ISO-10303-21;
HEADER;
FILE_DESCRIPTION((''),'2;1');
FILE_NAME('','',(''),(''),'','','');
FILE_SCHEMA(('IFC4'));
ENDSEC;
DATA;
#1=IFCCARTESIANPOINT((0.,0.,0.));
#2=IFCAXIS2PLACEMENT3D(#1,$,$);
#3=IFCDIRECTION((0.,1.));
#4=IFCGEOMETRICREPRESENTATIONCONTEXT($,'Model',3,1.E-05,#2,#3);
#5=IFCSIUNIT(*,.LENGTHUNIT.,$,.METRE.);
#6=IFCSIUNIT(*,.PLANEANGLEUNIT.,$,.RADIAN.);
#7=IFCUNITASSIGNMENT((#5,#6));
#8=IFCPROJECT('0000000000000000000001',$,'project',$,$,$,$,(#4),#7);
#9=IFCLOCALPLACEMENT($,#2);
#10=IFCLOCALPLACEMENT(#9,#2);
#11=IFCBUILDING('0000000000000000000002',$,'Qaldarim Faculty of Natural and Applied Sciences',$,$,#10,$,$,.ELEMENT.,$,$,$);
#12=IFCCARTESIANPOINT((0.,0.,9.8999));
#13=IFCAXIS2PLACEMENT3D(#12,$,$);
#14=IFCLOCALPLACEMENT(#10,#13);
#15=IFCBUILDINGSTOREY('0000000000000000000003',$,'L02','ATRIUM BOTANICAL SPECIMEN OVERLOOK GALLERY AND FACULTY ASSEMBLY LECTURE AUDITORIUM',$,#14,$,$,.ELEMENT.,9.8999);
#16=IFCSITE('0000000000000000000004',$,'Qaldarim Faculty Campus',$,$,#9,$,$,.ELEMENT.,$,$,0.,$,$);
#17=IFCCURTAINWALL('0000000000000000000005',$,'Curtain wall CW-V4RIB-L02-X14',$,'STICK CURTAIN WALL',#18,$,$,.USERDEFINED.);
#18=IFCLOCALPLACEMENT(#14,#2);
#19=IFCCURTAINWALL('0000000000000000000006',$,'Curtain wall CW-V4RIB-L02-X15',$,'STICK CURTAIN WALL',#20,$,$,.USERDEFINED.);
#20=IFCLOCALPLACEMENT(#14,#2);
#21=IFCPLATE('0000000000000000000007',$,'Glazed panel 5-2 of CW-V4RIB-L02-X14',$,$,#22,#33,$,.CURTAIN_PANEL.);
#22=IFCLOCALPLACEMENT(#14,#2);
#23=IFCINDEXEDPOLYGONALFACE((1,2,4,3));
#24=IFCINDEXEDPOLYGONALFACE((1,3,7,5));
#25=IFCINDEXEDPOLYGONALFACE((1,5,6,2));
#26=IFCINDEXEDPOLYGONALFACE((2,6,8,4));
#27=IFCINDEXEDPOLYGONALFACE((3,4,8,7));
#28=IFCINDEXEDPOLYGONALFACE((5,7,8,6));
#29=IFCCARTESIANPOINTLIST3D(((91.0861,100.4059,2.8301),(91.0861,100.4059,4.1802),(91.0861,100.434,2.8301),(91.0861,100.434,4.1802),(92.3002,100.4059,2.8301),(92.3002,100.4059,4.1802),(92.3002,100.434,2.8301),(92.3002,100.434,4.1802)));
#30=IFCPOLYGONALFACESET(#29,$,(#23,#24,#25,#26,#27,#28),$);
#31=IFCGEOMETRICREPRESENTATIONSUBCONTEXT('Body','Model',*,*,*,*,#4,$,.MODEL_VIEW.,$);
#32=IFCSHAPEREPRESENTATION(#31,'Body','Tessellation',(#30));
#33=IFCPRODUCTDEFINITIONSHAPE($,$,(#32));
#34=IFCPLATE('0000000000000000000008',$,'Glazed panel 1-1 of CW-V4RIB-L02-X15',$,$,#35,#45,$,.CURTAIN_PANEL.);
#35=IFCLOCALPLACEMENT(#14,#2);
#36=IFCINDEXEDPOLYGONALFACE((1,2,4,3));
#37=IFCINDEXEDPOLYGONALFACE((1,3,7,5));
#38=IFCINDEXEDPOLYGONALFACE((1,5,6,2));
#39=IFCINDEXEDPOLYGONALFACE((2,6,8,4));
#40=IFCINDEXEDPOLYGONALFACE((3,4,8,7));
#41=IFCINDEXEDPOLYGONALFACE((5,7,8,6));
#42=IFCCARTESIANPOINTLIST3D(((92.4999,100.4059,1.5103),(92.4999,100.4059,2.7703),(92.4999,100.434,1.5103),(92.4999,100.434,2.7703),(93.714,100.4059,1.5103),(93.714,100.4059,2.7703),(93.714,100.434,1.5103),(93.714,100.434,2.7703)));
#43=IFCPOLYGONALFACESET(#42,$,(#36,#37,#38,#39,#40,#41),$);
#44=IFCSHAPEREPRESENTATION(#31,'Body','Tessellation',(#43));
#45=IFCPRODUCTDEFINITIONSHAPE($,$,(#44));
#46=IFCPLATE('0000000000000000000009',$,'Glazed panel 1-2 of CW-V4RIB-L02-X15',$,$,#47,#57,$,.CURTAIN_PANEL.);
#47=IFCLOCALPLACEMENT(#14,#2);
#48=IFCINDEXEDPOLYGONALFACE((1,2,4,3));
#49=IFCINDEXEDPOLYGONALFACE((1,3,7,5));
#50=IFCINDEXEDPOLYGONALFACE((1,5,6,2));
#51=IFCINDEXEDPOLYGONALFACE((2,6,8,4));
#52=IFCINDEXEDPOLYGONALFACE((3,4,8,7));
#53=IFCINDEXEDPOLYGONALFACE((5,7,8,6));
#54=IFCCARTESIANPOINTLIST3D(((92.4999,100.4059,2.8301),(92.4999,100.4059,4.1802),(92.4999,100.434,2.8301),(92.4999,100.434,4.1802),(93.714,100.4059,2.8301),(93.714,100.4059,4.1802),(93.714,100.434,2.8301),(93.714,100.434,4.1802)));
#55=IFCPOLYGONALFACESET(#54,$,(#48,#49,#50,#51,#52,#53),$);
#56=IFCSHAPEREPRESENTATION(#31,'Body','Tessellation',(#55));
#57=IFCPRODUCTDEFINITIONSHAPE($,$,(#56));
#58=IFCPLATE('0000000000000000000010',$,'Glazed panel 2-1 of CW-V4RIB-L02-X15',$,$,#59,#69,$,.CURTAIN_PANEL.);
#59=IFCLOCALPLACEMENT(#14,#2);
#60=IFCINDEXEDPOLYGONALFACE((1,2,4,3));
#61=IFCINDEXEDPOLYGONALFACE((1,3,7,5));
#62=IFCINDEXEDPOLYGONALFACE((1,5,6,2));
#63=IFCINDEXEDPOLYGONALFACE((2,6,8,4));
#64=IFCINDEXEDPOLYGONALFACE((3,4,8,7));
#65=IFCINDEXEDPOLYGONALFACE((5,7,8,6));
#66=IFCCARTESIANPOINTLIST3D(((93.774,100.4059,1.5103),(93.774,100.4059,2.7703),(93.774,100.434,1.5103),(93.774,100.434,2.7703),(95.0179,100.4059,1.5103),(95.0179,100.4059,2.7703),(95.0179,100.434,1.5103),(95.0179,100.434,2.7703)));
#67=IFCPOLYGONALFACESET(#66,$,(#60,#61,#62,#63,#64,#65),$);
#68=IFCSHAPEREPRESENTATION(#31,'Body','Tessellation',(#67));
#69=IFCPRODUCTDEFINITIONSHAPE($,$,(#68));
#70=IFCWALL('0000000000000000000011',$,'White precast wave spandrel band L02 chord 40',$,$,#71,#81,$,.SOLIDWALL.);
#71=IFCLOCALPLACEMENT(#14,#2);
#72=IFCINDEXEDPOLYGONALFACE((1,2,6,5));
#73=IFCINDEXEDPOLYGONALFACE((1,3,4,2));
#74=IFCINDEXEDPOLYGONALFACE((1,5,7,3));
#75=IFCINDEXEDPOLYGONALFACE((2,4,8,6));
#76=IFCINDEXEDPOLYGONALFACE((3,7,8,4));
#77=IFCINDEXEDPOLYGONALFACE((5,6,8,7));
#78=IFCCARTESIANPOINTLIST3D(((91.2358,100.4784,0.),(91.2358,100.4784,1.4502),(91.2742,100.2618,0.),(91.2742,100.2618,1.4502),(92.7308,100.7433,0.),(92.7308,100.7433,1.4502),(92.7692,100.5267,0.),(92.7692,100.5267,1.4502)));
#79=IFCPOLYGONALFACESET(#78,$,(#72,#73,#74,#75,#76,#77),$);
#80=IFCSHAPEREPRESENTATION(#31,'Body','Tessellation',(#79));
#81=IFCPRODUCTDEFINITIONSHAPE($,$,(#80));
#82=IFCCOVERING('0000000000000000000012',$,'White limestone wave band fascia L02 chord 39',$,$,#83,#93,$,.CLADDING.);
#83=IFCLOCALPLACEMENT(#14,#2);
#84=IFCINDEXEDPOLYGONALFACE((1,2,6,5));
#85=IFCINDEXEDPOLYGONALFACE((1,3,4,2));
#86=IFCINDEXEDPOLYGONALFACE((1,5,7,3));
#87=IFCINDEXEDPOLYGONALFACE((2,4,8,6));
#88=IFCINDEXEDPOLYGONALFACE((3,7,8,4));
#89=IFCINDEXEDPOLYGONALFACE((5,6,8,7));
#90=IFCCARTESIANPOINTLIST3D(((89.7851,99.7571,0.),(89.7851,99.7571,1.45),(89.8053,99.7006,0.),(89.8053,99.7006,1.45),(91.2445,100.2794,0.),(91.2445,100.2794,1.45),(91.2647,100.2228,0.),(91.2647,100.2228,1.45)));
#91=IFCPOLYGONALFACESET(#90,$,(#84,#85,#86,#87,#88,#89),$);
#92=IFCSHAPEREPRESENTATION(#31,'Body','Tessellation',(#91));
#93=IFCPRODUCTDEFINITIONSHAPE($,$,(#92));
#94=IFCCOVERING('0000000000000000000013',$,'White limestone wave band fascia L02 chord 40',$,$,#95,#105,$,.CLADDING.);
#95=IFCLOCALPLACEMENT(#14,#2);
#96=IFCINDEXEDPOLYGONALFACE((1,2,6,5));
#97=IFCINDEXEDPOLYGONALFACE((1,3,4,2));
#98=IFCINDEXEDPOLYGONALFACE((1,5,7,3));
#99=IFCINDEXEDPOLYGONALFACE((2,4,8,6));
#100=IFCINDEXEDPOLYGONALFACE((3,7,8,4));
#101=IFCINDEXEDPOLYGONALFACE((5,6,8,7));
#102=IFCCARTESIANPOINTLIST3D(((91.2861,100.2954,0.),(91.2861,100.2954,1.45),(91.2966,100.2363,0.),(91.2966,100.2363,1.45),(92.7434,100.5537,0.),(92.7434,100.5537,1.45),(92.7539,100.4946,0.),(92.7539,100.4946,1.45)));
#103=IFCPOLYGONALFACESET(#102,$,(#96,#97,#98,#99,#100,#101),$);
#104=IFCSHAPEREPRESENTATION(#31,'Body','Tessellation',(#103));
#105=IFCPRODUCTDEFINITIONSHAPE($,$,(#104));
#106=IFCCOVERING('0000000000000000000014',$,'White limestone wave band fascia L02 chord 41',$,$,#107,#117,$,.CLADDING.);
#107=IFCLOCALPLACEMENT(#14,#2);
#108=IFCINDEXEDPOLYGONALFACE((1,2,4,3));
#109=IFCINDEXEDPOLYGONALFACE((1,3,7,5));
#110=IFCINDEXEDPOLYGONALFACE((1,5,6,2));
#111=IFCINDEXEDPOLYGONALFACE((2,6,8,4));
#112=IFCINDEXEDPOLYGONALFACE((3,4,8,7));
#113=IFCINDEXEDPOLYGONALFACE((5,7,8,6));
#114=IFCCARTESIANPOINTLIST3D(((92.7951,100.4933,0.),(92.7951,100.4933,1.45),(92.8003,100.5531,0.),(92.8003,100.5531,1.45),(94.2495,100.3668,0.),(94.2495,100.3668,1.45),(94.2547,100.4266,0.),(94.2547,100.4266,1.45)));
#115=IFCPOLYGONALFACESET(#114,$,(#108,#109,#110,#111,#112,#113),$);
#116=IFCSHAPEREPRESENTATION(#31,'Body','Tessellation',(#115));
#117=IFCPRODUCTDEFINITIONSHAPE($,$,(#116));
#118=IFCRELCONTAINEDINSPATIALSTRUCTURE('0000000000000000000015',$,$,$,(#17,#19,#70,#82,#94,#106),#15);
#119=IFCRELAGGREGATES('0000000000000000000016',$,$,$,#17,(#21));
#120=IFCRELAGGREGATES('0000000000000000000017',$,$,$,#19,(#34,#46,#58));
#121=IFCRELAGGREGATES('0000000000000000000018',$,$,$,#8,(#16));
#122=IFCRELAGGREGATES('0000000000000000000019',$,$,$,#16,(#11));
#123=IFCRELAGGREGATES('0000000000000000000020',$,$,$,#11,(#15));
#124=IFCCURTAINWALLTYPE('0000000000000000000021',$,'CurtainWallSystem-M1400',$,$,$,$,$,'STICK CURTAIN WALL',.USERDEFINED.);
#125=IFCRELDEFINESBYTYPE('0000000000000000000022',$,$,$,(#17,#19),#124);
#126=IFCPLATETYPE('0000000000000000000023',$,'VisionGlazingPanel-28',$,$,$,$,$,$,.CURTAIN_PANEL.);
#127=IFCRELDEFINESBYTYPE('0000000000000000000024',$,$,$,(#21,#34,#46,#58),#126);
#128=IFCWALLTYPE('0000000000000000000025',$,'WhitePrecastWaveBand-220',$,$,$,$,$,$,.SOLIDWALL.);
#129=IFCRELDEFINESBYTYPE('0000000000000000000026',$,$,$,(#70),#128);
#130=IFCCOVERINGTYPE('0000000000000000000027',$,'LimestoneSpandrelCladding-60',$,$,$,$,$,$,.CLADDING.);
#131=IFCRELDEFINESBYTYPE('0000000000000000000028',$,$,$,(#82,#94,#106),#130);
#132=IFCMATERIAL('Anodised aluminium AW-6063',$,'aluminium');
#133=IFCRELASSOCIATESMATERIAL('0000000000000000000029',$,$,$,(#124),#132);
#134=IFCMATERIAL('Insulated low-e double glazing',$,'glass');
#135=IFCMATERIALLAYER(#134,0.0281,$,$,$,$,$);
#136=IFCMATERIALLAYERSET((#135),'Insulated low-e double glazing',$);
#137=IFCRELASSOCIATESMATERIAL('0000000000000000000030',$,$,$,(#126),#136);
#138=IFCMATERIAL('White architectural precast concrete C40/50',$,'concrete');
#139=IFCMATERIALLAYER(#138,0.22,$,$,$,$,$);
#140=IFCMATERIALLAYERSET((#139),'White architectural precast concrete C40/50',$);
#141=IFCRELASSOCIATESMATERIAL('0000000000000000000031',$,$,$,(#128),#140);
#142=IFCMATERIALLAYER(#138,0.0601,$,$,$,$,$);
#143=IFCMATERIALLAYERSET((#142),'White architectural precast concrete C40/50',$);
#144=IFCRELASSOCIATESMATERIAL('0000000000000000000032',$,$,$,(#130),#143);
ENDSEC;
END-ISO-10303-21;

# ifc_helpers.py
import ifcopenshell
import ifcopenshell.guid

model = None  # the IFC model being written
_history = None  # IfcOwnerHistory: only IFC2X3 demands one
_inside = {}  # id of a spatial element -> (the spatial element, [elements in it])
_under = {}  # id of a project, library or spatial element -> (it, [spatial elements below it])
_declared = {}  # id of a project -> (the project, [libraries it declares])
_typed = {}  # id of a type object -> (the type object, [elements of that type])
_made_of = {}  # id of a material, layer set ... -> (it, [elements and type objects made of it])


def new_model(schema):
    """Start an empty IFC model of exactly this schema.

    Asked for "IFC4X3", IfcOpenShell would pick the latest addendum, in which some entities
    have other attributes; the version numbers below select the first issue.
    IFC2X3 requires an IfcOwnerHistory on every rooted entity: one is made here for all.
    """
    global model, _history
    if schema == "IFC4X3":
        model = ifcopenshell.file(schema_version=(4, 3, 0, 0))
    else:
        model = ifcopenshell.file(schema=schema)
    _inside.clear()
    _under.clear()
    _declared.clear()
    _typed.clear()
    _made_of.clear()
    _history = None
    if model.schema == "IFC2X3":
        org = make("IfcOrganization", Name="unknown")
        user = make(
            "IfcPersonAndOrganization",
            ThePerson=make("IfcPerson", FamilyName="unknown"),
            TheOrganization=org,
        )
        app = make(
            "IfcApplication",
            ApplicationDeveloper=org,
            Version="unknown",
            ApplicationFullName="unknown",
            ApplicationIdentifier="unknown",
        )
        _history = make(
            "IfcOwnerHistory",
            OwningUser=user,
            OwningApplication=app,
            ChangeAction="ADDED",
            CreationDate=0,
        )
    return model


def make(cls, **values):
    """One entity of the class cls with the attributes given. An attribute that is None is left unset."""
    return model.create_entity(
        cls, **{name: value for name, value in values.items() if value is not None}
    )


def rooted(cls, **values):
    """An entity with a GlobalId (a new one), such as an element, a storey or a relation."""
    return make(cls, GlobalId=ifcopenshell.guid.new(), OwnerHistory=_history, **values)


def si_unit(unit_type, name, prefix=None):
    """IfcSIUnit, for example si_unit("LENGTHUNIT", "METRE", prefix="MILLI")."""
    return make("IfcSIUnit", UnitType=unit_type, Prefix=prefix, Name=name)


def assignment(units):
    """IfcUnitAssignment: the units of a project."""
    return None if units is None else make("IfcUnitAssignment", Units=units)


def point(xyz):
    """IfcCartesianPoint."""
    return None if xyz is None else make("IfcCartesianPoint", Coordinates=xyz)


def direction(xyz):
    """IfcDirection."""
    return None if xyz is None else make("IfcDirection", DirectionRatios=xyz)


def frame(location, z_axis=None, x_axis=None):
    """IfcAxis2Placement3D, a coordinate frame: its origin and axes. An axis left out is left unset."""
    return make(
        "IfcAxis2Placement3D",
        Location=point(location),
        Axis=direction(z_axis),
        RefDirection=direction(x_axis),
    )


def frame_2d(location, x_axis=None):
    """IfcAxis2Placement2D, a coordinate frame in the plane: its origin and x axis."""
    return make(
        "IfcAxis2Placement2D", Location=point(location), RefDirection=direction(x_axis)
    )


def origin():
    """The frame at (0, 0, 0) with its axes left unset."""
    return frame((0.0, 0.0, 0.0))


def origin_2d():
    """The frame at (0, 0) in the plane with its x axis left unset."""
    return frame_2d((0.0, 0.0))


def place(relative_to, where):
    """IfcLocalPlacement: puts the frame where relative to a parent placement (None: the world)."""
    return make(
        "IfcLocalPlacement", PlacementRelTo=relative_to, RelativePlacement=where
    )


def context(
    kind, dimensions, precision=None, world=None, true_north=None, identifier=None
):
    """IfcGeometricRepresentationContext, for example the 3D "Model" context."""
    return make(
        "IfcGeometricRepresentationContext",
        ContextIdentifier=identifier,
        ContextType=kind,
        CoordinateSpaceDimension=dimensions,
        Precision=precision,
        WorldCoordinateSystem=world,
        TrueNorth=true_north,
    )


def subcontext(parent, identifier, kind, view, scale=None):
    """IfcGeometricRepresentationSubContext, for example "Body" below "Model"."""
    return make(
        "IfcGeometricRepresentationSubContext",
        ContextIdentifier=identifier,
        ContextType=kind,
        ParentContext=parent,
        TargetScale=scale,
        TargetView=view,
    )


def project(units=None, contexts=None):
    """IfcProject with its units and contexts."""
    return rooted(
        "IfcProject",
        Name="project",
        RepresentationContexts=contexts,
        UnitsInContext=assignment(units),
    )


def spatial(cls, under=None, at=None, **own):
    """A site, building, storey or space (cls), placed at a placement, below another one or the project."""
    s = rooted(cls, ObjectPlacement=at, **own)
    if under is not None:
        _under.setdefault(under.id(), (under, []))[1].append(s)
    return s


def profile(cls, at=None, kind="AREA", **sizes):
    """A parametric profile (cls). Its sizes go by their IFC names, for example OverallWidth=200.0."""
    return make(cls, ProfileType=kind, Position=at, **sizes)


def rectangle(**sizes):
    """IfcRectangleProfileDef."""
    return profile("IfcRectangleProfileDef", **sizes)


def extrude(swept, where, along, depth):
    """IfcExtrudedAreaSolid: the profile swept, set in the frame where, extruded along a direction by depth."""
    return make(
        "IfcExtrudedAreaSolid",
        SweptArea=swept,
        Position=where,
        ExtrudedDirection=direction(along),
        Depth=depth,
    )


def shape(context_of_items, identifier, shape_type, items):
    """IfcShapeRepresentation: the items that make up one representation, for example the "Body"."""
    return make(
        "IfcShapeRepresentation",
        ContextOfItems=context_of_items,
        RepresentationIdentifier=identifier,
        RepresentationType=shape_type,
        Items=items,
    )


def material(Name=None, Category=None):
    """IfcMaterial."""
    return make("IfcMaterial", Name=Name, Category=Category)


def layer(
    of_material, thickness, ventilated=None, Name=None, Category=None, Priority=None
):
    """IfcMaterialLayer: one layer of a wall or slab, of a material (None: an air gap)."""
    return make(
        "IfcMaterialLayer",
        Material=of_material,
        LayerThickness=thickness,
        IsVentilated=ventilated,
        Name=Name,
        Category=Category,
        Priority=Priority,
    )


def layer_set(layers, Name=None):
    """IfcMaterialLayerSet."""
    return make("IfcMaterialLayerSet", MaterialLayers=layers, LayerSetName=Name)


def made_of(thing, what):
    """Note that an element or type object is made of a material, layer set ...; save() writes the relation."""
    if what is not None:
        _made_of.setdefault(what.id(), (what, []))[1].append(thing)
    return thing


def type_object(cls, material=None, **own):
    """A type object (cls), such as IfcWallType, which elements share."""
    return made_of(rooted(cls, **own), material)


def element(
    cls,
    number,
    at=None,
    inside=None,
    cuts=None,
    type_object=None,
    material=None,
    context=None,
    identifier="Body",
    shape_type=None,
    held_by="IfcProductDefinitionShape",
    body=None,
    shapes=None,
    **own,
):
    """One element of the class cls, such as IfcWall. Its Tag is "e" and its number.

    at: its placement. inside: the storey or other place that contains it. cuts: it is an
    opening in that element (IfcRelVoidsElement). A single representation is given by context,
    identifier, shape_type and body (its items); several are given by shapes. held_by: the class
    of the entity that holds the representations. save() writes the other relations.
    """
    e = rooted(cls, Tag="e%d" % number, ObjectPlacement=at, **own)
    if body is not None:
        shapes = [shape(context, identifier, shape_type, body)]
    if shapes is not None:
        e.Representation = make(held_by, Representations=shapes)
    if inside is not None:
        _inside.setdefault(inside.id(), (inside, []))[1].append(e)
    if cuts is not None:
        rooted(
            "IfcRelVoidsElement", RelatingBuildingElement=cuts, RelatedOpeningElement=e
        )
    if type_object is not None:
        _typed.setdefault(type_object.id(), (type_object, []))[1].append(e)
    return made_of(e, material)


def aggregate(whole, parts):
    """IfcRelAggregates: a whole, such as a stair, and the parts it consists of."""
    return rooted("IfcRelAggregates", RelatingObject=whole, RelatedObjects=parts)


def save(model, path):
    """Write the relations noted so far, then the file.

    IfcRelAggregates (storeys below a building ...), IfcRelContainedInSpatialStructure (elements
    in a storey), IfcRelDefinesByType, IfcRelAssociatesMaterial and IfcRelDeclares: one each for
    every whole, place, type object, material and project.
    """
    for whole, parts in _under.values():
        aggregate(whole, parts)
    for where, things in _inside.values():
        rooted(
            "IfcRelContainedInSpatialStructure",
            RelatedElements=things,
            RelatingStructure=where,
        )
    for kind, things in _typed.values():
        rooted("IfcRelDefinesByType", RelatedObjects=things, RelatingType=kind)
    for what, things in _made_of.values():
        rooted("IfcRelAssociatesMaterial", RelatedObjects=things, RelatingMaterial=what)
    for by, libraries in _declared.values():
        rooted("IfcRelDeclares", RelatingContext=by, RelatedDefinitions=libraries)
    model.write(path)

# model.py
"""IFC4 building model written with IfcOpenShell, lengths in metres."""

from ifc_helpers import new_model, si_unit, direction, frame, frame_2d, origin, origin_2d, place, context, subcontext, project, spatial, rectangle, extrude, material, layer, layer_set, type_object, element, aggregate, save


model = new_model("IFC4")

# Units and contexts
model_context = context("Model", 3, precision=1e-05, world=origin(), true_north=direction((0.0, 1.0)))
body_context = subcontext(model_context, "Body", "Model", "MODEL_VIEW")
ifc_project = project(units=[si_unit("LENGTHUNIT", "METRE"), si_unit("PLANEANGLEUNIT", "RADIAN")], contexts=[model_context])

# Site, building, storey
site_placement = place(None, origin())
site = spatial("IfcSite", under=ifc_project, at=site_placement, Name="Qaldarim Faculty Campus", CompositionType="ELEMENT", RefElevation=0.0)
building_placement = place(site_placement, origin())
building = spatial("IfcBuilding", under=site, at=building_placement, Name="Qaldarim Faculty of Natural and Applied Sciences", CompositionType="ELEMENT")
storey_placement = place(building_placement, frame((0.0, 0.0, 9.8999)))
storey = spatial("IfcBuildingStorey", under=building, at=storey_placement, Name="L02", Description="ATRIUM BOTANICAL SPECIMEN OVERLOOK GALLERY AND FACULTY ASSEMBLY LECTURE AUDITORIUM", CompositionType="ELEMENT", Elevation=9.8999)

# Curtain walls
ifc_material_1 = material(Name="Anodised aluminium AW-6063", Category="aluminium")
curtain_wall_type = type_object("IfcCurtainWallType", Name="CurtainWallSystem-M1400", ElementType="STICK CURTAIN WALL", PredefinedType="USERDEFINED", material=ifc_material_1)
curtain_wall_1_placement = place(storey_placement, origin())
curtain_wall_1 = element("IfcCurtainWall", 1, at=curtain_wall_1_placement, inside=storey, type_object=curtain_wall_type, Name="Curtain wall CW-V4RIB-L02-X14", ObjectType="STICK CURTAIN WALL", PredefinedType="USERDEFINED")
curtain_wall_2_placement = place(storey_placement, origin())
curtain_wall_2 = element("IfcCurtainWall", 2, at=curtain_wall_2_placement, inside=storey, type_object=curtain_wall_type, Name="Curtain wall CW-V4RIB-L02-X15", ObjectType="STICK CURTAIN WALL", PredefinedType="USERDEFINED")

# Plates
ifc_material_2 = material(Name="Insulated low-e double glazing", Category="glass")
ifc_layer_1 = layer(ifc_material_2, 0.0281)
ifc_layer_set_1 = layer_set([ifc_layer_1], Name="Insulated low-e double glazing")
plate_type = type_object("IfcPlateType", Name="VisionGlazingPanel-28", PredefinedType="CURTAIN_PANEL", material=ifc_layer_set_1)
plate_1_placement = place(storey_placement, frame((91.6931, 100.4199, 2.8301), z_axis=(0.0, 0.0, 1.0), x_axis=(1.0, 0.0, 0.0)))
plate_1 = element("IfcPlate", 3, at=plate_1_placement, type_object=plate_type, Name="Glazed panel 5-2 of CW-V4RIB-L02-X14", PredefinedType="CURTAIN_PANEL", context=body_context, shape_type="SweptSolid", body=[
    extrude(rectangle(XDim=1.2141, YDim=0.0281, at=origin_2d()), origin(), (0.0, 0.0, 1.0), 1.3501),
])
aggregate(curtain_wall_1, [plate_1])
plate_2_placement = place(storey_placement, frame((93.1069, 100.4199, 1.5103), z_axis=(0.0, 0.0, 1.0), x_axis=(1.0, 0.0, 0.0)))
plate_2 = element("IfcPlate", 4, at=plate_2_placement, type_object=plate_type, Name="Glazed panel 1-1 of CW-V4RIB-L02-X15", PredefinedType="CURTAIN_PANEL", context=body_context, shape_type="SweptSolid", body=[
    extrude(rectangle(XDim=1.2141, YDim=0.0281, at=origin_2d()), origin(), (0.0, 0.0, 1.0), 1.26),
])
plate_3_placement = place(storey_placement, frame((93.1069, 100.4199, 2.8301), z_axis=(0.0, 0.0, 1.0), x_axis=(1.0, 0.0, 0.0)))
plate_3 = element("IfcPlate", 5, at=plate_3_placement, type_object=plate_type, Name="Glazed panel 1-2 of CW-V4RIB-L02-X15", PredefinedType="CURTAIN_PANEL", context=body_context, shape_type="SweptSolid", body=[
    extrude(rectangle(XDim=1.2141, YDim=0.0281, at=origin_2d()), origin(), (0.0, 0.0, 1.0), 1.3501),
])
plate_4_placement = place(storey_placement, frame((94.396, 100.4199, 1.5103), z_axis=(0.0, 0.0, 1.0), x_axis=(1.0, 0.0, 0.0)))
plate_4 = element("IfcPlate", 6, at=plate_4_placement, type_object=plate_type, Name="Glazed panel 2-1 of CW-V4RIB-L02-X15", PredefinedType="CURTAIN_PANEL", context=body_context, shape_type="SweptSolid", body=[
    extrude(rectangle(XDim=1.2439, YDim=0.0281, at=origin_2d()), origin(), (0.0, 0.0, 1.0), 1.26),
])
aggregate(curtain_wall_2, [plate_2, plate_3, plate_4])

# Wall
ifc_material_3 = material(Name="White architectural precast concrete C40/50", Category="concrete")
ifc_layer_2 = layer(ifc_material_3, 0.22)
ifc_layer_set_2 = layer_set([ifc_layer_2], Name="White architectural precast concrete C40/50")
wall_type = type_object("IfcWallType", Name="WhitePrecastWaveBand-220", PredefinedType="SOLIDWALL", material=ifc_layer_set_2)
wall_placement = place(storey_placement, frame((91.2549, 100.3701, 0.0), z_axis=(0.0, 0.0, 1.0), x_axis=(0.984665, 0.174455, 0.0)))
element("IfcWall", 7, at=wall_placement, inside=storey, type_object=wall_type, Name="White precast wave spandrel band L02 chord 40", PredefinedType="SOLIDWALL", context=body_context, shape_type="SweptSolid", body=[
    extrude(rectangle(XDim=1.5183, YDim=0.22, at=frame_2d((0.7593, 0.0))), origin(), (0.0, 0.0, 1.0), 1.4502),
])

# Coverings
ifc_layer_3 = layer(ifc_material_3, 0.0601)
ifc_layer_set_3 = layer_set([ifc_layer_3], Name="White architectural precast concrete C40/50")
covering_type = type_object("IfcCoveringType", Name="LimestoneSpandrelCladding-60", PredefinedType="CLADDING", material=ifc_layer_set_3)
covering_1_placement = place(storey_placement, frame((90.5249, 99.99, 0.0), z_axis=(0.0, 0.0, 1.0), x_axis=(0.941529, 0.336931, 0.0)))
element("IfcCovering", 8, at=covering_1_placement, inside=storey, type_object=covering_type, Name="White limestone wave band fascia L02 chord 39", PredefinedType="CLADDING", context=body_context, shape_type="SweptSolid", body=[
    extrude(rectangle(XDim=1.55, YDim=0.0601, at=origin_2d()), origin(), (0.0, 0.0, 1.0), 1.45),
])
covering_2_placement = place(storey_placement, frame((92.02, 100.395, 0.0), z_axis=(0.0, 0.0, 1.0), x_axis=(0.98465, 0.174542, 0.0)))
element("IfcCovering", 9, at=covering_2_placement, inside=storey, type_object=covering_type, Name="White limestone wave band fascia L02 chord 40", PredefinedType="CLADDING", context=body_context, shape_type="SweptSolid", body=[
    extrude(rectangle(XDim=1.48, YDim=0.0601, at=origin_2d()), origin(), (0.0, 0.0, 1.0), 1.45),
])
covering_3_placement = place(storey_placement, frame((93.5249, 100.46, 0.0), z_axis=(0.0, 0.0, 1.0), x_axis=(0.99624, -0.086634, 0.0)))
element("IfcCovering", 10, at=covering_3_placement, inside=storey, type_object=covering_type, Name="White limestone wave band fascia L02 chord 41", PredefinedType="CLADDING", context=body_context, shape_type="SweptSolid", body=[
    extrude(rectangle(XDim=1.46, YDim=0.0601, at=origin_2d()), origin(), (0.0, 0.0, 1.0), 1.45),
])

save(model, "model.ifc")
